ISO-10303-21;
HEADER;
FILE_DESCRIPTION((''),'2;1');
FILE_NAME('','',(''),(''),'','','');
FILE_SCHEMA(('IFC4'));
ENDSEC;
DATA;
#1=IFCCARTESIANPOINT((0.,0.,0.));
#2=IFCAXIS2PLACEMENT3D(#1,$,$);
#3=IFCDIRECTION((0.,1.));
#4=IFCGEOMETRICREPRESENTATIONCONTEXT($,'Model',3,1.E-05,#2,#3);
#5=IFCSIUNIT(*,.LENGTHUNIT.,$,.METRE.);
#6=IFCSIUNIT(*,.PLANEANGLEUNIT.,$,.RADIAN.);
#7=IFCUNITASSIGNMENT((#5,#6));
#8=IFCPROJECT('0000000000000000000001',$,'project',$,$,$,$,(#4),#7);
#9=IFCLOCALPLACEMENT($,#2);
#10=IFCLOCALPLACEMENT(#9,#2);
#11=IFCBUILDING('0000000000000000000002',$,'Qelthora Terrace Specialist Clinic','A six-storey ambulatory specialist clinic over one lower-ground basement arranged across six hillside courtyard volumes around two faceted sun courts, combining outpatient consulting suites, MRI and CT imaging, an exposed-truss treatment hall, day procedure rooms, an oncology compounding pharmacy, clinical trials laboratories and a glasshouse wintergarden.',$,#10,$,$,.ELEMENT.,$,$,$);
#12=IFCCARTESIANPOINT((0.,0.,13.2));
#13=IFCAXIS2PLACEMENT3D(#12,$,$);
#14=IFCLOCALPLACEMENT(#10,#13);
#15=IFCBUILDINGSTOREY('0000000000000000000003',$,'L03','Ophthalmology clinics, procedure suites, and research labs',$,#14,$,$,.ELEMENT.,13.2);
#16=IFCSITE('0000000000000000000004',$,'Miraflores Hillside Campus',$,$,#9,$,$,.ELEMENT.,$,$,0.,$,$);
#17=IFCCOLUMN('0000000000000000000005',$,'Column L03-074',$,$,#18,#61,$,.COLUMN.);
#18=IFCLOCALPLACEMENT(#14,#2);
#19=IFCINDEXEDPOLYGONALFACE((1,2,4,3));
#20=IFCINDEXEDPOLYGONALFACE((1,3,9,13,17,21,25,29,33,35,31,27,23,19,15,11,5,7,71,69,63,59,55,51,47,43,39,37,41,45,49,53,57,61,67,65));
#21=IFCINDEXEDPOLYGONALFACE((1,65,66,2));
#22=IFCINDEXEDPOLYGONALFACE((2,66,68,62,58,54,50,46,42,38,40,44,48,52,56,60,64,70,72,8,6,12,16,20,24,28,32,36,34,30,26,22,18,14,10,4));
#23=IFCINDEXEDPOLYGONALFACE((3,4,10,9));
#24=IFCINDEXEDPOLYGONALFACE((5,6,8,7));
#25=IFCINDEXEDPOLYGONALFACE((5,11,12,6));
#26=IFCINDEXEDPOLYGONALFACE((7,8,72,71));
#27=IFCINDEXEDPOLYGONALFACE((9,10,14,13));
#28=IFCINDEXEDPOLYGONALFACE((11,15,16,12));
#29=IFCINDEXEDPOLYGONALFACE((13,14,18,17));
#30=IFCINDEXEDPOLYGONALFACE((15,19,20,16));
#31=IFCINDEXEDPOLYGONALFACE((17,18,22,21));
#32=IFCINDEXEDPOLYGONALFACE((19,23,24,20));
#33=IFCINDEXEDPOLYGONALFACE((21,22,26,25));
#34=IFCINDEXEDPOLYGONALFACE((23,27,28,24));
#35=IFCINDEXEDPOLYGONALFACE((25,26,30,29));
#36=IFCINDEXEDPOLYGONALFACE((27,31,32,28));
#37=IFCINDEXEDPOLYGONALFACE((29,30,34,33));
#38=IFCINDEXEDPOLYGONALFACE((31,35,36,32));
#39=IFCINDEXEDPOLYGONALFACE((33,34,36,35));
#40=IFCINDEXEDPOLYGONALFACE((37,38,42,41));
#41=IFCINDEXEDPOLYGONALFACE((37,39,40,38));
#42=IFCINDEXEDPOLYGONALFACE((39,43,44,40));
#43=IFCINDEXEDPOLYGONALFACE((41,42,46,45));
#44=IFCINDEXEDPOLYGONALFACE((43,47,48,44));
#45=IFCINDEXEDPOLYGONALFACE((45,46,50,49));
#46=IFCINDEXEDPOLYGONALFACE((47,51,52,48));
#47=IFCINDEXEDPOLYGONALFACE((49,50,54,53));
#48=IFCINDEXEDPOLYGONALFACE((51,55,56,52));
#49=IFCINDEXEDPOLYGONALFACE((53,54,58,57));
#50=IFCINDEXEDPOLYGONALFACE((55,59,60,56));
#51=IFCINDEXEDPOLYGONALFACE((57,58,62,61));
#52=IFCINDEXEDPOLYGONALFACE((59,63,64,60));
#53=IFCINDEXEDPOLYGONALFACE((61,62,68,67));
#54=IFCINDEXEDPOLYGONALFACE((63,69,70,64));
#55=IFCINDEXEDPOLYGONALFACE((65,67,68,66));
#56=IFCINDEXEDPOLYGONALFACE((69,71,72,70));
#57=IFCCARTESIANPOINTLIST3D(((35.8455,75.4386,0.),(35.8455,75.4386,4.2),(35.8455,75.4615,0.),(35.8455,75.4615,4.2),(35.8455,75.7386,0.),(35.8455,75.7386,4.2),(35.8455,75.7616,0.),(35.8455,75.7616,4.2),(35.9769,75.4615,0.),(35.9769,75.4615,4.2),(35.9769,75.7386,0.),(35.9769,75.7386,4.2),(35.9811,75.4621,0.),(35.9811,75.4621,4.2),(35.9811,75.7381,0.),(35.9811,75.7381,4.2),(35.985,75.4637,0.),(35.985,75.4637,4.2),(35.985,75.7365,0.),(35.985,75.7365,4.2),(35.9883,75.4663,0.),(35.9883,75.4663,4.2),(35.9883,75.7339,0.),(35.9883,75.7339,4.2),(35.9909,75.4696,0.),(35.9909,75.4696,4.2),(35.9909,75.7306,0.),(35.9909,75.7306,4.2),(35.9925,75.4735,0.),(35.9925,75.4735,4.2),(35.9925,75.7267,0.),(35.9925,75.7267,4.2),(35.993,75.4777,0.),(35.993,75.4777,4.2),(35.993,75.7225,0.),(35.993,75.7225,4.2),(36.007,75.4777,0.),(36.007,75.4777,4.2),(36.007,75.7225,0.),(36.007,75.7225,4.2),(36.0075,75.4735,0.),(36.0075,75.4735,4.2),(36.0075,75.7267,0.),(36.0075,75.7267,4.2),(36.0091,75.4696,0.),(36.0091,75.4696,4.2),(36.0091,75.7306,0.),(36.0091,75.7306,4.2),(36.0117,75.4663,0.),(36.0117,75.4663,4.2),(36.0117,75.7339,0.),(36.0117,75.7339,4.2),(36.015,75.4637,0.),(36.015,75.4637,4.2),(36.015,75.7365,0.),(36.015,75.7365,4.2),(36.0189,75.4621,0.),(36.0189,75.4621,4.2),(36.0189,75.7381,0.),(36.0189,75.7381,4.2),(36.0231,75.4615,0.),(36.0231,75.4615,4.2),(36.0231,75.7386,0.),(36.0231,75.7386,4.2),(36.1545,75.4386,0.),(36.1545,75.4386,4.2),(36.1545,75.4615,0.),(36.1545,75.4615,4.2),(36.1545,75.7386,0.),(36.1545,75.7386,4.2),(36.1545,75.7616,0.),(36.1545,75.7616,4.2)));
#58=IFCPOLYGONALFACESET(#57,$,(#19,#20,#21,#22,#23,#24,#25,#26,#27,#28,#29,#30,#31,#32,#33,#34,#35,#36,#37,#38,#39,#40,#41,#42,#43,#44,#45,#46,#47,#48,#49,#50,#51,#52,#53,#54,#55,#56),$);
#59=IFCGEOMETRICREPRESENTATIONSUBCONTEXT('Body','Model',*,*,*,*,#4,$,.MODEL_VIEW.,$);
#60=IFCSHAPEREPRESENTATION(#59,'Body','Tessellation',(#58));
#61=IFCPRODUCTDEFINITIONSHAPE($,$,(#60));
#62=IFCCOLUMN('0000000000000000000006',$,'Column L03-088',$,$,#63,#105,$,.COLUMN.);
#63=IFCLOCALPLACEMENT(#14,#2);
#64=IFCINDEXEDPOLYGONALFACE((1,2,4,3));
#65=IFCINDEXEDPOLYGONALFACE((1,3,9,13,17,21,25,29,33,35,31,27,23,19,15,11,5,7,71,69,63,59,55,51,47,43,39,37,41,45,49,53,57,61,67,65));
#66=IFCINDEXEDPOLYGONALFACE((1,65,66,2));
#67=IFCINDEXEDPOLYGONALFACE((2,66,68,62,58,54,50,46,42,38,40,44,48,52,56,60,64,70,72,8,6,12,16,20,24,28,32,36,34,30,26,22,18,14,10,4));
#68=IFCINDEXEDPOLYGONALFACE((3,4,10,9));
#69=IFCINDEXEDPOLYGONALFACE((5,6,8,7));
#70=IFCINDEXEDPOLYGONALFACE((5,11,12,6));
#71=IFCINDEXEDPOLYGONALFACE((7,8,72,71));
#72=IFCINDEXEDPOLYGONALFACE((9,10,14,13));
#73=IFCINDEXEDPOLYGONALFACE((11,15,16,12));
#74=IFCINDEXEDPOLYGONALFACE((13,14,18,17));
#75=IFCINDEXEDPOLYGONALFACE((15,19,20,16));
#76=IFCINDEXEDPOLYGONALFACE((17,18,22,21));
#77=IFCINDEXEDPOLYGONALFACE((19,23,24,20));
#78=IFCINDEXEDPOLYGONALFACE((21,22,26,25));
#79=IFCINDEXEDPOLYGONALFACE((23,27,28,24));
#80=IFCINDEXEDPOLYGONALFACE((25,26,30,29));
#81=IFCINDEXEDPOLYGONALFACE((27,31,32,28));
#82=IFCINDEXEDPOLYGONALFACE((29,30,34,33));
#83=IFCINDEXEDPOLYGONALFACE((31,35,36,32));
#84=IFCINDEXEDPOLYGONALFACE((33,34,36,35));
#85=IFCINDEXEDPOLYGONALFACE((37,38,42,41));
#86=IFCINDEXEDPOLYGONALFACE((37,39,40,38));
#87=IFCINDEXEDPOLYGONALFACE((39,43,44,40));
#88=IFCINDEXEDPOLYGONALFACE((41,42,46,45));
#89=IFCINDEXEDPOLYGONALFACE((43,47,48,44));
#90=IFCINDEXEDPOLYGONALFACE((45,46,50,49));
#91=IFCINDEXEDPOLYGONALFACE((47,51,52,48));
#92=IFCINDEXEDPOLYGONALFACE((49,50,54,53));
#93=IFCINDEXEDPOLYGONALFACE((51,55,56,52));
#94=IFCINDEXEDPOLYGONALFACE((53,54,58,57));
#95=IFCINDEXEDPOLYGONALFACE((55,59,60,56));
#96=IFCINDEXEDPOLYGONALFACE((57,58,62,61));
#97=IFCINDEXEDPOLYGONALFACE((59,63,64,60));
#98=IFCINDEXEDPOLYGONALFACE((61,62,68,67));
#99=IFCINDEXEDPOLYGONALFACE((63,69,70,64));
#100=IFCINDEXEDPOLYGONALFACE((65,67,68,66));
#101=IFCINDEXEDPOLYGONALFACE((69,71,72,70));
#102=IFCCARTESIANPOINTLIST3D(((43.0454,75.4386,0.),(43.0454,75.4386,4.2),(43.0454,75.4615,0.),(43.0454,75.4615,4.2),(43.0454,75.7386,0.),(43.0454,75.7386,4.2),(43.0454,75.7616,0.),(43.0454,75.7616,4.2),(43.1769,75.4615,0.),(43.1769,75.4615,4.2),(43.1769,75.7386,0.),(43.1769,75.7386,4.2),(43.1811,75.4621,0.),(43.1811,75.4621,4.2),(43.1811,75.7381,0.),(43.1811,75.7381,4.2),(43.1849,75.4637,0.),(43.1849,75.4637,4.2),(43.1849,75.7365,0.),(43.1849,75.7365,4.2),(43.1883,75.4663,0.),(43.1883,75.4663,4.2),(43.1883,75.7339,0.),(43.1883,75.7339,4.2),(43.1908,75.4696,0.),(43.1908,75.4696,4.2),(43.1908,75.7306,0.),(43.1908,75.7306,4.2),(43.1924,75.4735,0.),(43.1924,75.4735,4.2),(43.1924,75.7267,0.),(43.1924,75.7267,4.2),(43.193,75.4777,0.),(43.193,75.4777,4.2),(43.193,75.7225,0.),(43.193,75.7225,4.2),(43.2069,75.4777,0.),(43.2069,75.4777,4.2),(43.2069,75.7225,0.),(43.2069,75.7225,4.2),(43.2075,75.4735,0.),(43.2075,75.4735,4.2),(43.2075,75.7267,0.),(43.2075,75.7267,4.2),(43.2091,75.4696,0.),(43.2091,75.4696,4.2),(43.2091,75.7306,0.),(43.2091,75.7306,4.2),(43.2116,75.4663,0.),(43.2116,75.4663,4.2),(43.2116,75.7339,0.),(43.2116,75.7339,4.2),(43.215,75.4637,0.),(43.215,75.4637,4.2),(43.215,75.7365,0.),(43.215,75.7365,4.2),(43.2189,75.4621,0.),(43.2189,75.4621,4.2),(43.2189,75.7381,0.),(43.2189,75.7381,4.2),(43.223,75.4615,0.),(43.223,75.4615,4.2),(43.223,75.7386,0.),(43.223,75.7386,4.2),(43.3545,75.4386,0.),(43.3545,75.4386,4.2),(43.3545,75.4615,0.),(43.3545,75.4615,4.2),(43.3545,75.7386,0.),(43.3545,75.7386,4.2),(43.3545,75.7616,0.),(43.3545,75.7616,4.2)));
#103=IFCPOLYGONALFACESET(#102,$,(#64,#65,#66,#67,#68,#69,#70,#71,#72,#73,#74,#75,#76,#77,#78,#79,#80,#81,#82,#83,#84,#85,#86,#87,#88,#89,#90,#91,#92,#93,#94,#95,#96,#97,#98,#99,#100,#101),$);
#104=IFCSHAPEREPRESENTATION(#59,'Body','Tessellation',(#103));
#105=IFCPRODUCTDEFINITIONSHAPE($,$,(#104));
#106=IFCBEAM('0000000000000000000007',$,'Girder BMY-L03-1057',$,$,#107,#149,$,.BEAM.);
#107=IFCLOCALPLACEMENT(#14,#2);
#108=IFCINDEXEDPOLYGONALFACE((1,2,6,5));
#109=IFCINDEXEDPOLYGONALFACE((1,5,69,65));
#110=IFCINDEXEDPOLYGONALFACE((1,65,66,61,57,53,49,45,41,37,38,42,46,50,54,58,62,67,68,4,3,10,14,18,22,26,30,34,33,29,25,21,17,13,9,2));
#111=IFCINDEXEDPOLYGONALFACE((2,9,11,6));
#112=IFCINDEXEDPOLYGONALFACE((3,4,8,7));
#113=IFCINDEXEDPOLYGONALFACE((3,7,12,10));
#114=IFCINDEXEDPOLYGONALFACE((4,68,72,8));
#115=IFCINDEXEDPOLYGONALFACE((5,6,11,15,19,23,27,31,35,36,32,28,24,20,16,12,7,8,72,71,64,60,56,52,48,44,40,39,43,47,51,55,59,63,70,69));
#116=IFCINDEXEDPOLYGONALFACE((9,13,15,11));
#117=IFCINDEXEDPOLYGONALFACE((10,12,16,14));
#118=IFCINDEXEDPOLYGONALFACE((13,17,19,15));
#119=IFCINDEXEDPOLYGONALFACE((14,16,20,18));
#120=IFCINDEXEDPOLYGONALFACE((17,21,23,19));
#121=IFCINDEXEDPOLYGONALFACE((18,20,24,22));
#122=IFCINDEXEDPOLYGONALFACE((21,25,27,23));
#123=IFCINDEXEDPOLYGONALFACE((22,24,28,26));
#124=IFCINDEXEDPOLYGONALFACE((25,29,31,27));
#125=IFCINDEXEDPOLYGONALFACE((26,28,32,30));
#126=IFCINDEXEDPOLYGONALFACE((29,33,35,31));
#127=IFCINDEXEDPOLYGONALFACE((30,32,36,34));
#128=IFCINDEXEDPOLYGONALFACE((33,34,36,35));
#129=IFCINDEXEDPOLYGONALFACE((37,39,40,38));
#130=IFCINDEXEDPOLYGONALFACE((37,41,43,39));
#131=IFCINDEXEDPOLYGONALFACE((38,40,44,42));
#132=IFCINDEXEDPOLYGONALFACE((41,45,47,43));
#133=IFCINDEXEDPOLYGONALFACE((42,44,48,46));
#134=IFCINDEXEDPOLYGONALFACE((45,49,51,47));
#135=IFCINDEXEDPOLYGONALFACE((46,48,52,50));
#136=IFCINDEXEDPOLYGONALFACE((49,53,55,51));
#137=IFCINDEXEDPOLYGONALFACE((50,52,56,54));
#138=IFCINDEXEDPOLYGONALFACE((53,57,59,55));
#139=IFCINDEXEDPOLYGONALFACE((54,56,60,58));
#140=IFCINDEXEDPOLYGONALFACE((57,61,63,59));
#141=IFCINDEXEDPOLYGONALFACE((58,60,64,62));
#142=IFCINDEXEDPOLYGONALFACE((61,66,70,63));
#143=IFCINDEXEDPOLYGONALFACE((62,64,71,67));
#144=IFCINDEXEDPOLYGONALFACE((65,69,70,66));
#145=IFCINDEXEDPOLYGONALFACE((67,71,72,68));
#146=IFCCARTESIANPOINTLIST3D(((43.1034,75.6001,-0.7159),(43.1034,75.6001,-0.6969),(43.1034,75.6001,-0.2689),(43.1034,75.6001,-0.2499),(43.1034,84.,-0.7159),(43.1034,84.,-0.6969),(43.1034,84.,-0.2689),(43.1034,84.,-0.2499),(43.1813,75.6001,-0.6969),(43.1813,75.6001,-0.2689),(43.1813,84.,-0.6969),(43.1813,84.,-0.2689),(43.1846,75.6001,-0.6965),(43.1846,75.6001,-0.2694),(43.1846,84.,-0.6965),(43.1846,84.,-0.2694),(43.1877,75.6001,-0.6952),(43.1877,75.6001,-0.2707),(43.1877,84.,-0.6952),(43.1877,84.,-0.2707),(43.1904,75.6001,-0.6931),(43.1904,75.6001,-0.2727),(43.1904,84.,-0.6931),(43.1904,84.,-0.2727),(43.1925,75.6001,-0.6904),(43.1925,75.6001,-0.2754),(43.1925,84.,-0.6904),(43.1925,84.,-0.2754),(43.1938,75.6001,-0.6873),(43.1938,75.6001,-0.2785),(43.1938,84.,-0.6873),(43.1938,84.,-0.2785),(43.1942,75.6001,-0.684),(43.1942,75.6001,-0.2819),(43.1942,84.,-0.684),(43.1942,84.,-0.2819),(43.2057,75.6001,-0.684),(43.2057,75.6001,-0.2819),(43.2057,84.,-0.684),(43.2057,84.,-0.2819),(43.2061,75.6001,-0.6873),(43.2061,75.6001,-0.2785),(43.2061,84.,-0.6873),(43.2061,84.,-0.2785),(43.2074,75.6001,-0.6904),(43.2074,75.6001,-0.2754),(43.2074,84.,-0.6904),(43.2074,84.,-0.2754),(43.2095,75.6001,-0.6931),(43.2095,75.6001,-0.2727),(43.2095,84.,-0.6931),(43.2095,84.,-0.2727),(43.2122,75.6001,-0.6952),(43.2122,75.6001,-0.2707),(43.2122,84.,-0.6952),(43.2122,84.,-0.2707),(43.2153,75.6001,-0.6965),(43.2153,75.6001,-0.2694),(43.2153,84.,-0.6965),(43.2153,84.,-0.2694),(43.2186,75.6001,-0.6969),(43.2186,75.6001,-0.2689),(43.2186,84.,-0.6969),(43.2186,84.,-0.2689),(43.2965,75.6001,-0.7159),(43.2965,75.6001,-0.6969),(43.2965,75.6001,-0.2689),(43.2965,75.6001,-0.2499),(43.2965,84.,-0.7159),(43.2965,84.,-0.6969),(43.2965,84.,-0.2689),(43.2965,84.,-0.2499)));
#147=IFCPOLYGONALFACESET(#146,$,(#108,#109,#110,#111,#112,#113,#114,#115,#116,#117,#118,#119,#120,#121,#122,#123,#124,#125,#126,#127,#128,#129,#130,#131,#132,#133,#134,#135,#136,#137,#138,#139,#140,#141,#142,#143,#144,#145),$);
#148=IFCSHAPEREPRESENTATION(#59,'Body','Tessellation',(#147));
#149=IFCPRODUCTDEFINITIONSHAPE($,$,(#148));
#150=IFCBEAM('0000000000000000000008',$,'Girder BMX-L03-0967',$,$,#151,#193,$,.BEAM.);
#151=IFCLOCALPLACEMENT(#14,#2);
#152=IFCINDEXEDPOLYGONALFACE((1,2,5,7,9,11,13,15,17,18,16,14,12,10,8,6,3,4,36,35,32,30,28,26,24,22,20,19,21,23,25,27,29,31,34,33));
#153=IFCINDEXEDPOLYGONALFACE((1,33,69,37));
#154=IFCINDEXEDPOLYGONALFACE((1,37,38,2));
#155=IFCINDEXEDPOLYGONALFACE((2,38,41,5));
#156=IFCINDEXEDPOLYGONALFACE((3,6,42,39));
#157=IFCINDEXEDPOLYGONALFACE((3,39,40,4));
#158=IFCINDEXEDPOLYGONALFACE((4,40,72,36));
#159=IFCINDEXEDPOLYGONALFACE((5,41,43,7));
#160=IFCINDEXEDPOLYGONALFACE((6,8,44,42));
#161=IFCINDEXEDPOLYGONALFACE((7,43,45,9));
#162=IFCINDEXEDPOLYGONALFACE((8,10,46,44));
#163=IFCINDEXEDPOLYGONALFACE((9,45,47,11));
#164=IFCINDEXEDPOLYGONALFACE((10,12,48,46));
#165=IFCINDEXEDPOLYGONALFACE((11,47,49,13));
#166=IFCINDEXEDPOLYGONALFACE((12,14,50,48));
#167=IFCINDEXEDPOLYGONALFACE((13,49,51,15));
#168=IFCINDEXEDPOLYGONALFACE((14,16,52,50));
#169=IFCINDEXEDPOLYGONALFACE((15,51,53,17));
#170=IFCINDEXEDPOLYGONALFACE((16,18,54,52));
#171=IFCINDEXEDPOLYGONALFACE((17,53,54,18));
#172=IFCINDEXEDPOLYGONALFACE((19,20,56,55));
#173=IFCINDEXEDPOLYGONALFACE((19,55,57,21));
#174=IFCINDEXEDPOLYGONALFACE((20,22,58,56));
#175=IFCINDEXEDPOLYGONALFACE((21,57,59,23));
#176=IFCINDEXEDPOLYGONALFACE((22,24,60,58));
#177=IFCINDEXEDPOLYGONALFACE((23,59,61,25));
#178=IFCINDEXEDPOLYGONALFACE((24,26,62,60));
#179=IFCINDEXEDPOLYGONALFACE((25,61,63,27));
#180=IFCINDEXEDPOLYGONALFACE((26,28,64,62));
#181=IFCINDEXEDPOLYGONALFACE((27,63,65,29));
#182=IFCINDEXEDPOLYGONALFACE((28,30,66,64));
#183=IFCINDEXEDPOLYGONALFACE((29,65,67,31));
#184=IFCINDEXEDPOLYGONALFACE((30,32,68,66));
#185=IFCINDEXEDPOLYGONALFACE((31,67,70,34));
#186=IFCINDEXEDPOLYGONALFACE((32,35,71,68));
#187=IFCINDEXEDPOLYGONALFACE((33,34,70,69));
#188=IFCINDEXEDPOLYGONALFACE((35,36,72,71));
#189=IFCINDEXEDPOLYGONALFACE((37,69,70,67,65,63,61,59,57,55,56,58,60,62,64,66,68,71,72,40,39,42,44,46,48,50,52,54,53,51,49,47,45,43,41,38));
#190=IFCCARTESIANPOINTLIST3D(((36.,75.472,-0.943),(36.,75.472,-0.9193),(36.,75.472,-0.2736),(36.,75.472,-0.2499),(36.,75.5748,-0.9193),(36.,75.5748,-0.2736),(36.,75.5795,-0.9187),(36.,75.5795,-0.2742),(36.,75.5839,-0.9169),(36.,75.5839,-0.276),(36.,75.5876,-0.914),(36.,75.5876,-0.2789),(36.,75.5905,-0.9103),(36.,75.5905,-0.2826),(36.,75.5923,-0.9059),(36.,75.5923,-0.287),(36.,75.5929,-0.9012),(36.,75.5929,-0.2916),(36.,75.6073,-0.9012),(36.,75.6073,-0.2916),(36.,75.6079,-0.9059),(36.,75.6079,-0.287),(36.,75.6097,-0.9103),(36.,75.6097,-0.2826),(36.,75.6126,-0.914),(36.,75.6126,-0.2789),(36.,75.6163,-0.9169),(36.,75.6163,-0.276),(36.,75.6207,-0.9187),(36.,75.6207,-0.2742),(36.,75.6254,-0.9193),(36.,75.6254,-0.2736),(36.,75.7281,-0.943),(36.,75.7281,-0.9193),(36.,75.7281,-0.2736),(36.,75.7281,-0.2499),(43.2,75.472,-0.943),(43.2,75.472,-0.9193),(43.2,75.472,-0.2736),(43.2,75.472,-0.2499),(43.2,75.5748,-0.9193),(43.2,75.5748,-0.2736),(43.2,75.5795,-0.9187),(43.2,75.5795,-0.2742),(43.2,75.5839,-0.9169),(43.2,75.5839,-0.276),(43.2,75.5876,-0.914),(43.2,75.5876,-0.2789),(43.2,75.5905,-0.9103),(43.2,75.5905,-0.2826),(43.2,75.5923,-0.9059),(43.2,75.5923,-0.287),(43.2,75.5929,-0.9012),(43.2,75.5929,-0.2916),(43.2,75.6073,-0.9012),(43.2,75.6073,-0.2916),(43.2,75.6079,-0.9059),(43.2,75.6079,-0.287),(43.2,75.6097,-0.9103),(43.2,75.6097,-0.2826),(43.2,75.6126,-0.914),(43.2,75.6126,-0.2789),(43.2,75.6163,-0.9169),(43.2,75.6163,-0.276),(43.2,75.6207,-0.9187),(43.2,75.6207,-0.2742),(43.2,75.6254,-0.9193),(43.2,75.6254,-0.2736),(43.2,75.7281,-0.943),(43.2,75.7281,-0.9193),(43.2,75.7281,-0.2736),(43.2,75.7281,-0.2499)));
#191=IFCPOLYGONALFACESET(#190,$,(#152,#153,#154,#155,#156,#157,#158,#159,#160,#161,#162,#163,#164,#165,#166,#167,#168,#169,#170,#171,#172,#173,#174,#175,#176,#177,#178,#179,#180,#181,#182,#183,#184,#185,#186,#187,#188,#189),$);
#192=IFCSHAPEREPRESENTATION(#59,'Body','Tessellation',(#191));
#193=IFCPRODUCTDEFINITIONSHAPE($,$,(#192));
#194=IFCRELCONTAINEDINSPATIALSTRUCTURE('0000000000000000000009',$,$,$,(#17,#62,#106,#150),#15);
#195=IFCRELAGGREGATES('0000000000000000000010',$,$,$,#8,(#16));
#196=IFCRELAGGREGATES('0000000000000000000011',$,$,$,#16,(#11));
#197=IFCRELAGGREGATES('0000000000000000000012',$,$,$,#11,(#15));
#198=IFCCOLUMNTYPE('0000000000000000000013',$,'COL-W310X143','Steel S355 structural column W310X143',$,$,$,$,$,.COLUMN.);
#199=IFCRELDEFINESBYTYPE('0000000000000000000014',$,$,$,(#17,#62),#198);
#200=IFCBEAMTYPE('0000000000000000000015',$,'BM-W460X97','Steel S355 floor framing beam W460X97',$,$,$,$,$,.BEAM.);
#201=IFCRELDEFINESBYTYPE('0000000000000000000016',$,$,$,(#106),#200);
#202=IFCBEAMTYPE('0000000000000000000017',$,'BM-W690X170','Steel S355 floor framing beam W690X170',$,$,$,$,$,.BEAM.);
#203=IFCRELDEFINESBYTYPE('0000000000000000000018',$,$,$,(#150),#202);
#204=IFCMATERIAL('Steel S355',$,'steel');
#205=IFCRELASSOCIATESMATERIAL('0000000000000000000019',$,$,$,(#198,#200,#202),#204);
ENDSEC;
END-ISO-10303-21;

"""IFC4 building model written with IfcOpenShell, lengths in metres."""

from ifc_helpers import new_model, si_unit, direction, frame, origin, origin_2d, place, context, subcontext, project, spatial, i_section, extrude, material, material_profile, profile_set, type_object, element, save


model = new_model("IFC4")

# Units and contexts
model_context = context("Model", 3, precision=1e-05, world=origin(), true_north=direction((0.0, 1.0)))
body_context = subcontext(model_context, "Body", "Model", "MODEL_VIEW")
ifc_project = project(units=[si_unit("LENGTHUNIT", "METRE"), si_unit("PLANEANGLEUNIT", "RADIAN")], contexts=[model_context])

# Site, building, storey
site_placement = place(None, origin())
site = spatial("IfcSite", under=ifc_project, at=site_placement, Name="Miraflores Hillside Campus", CompositionType="ELEMENT", RefElevation=0.0)
building_placement = place(site_placement, origin())
building = spatial("IfcBuilding", under=site, at=building_placement, Name="Qelthora Terrace Specialist Clinic", Description="A six-storey ambulatory specialist clinic over one lower-ground basement arranged across six hillside courtyard volumes around two faceted sun courts, combining outpatient consulting suites, MRI and CT imaging, an exposed-truss treatment hall, day procedure rooms, an oncology compounding pharmacy, clinical trials laboratories and a glasshouse wintergarden.", CompositionType="ELEMENT")
storey_placement = place(building_placement, frame((0.0, 0.0, 13.2)))
storey = spatial("IfcBuildingStorey", under=building, at=storey_placement, Name="L03", Description="Ophthalmology clinics, procedure suites, and research labs", CompositionType="ELEMENT", Elevation=13.2)

# Columns
ifc_material_1 = material(Name="Steel S355", Category="steel")
ifc_material_profile_1 = material_profile(ifc_material_1, i_section(OverallWidth=0.3091, OverallDepth=0.323, WebThickness=0.0139, FlangeThickness=0.0229, FilletRadius=0.0161, at=origin_2d()), Name="W310X143")
ifc_profile_set_1 = profile_set([ifc_material_profile_1], Name="Steel S355")
column_type = type_object("IfcColumnType", Name="COL-W310X143", Description="Steel S355 structural column W310X143", PredefinedType="COLUMN", material=ifc_profile_set_1)
for number, where, z_axis, x_axis, name in (
    (1, (36.0, 75.6001, 0.0), (0.0, 0.0, 1.0), (1.0, 0.0, 0.0), "Column L03-074"),
    (2, (43.2, 75.6001, 0.0), (0.0, 0.0, 1.0), (1.0, 0.0, 0.0), "Column L03-088"),
):
    element("IfcColumn", number, at=place(storey_placement, frame(where, z_axis=z_axis, x_axis=x_axis)), inside=storey, type_object=column_type, Name=name, PredefinedType="COLUMN", context=body_context, shape_type="SweptSolid", body=[
        extrude(i_section(OverallWidth=0.3091, OverallDepth=0.323, WebThickness=0.0139, FlangeThickness=0.0229, FilletRadius=0.0161, at=origin_2d()), origin(), (0.0, 0.0, 1.0), 4.2),
    ])

# Beams
ifc_material_profile_2 = material_profile(ifc_material_1, i_section(OverallWidth=0.1931, OverallDepth=0.4661, WebThickness=0.0115, FlangeThickness=0.019, FilletRadius=0.0129, at=origin_2d()), Name="W460X97")
ifc_profile_set_2 = profile_set([ifc_material_profile_2], Name="Steel S355")
beam_type_1 = type_object("IfcBeamType", Name="BM-W460X97", Description="Steel S355 floor framing beam W460X97", PredefinedType="BEAM", material=ifc_profile_set_2)
beam_1_placement = place(storey_placement, frame((43.2, 75.6001, -0.4829), z_axis=(0.0, 1.0, 0.0), x_axis=(-1.0, 0.0, 0.0)))
element("IfcBeam", 3, at=beam_1_placement, inside=storey, type_object=beam_type_1, Name="Girder BMY-L03-1057", PredefinedType="BEAM", context=body_context, shape_type="SweptSolid", body=[
    extrude(i_section(OverallWidth=0.1931, OverallDepth=0.4661, WebThickness=0.0115, FlangeThickness=0.019, FilletRadius=0.0129, at=origin_2d()), origin(), (0.0, 0.0, 1.0), 8.3999),
])
ifc_material_profile_3 = material_profile(ifc_material_1, i_section(OverallWidth=0.2561, OverallDepth=0.6931, WebThickness=0.0144, FlangeThickness=0.0237, FilletRadius=0.0181, at=origin_2d()), Name="W690X170")
ifc_profile_set_3 = profile_set([ifc_material_profile_3], Name="Steel S355")
beam_type_2 = type_object("IfcBeamType", Name="BM-W690X170", Description="Steel S355 floor framing beam W690X170", PredefinedType="BEAM", material=ifc_profile_set_3)
beam_2_placement = place(storey_placement, frame((36.0, 75.6001, -0.5964), z_axis=(1.0, 0.0, 0.0), x_axis=(0.0, 1.0, 0.0)))
element("IfcBeam", 4, at=beam_2_placement, inside=storey, type_object=beam_type_2, Name="Girder BMX-L03-0967", PredefinedType="BEAM", context=body_context, shape_type="SweptSolid", body=[
    extrude(i_section(OverallWidth=0.2561, OverallDepth=0.6931, WebThickness=0.0144, FlangeThickness=0.0237, FilletRadius=0.0181, at=origin_2d()), origin(), (0.0, 0.0, 1.0), 7.2),
])

save(model, "model.ifc")
